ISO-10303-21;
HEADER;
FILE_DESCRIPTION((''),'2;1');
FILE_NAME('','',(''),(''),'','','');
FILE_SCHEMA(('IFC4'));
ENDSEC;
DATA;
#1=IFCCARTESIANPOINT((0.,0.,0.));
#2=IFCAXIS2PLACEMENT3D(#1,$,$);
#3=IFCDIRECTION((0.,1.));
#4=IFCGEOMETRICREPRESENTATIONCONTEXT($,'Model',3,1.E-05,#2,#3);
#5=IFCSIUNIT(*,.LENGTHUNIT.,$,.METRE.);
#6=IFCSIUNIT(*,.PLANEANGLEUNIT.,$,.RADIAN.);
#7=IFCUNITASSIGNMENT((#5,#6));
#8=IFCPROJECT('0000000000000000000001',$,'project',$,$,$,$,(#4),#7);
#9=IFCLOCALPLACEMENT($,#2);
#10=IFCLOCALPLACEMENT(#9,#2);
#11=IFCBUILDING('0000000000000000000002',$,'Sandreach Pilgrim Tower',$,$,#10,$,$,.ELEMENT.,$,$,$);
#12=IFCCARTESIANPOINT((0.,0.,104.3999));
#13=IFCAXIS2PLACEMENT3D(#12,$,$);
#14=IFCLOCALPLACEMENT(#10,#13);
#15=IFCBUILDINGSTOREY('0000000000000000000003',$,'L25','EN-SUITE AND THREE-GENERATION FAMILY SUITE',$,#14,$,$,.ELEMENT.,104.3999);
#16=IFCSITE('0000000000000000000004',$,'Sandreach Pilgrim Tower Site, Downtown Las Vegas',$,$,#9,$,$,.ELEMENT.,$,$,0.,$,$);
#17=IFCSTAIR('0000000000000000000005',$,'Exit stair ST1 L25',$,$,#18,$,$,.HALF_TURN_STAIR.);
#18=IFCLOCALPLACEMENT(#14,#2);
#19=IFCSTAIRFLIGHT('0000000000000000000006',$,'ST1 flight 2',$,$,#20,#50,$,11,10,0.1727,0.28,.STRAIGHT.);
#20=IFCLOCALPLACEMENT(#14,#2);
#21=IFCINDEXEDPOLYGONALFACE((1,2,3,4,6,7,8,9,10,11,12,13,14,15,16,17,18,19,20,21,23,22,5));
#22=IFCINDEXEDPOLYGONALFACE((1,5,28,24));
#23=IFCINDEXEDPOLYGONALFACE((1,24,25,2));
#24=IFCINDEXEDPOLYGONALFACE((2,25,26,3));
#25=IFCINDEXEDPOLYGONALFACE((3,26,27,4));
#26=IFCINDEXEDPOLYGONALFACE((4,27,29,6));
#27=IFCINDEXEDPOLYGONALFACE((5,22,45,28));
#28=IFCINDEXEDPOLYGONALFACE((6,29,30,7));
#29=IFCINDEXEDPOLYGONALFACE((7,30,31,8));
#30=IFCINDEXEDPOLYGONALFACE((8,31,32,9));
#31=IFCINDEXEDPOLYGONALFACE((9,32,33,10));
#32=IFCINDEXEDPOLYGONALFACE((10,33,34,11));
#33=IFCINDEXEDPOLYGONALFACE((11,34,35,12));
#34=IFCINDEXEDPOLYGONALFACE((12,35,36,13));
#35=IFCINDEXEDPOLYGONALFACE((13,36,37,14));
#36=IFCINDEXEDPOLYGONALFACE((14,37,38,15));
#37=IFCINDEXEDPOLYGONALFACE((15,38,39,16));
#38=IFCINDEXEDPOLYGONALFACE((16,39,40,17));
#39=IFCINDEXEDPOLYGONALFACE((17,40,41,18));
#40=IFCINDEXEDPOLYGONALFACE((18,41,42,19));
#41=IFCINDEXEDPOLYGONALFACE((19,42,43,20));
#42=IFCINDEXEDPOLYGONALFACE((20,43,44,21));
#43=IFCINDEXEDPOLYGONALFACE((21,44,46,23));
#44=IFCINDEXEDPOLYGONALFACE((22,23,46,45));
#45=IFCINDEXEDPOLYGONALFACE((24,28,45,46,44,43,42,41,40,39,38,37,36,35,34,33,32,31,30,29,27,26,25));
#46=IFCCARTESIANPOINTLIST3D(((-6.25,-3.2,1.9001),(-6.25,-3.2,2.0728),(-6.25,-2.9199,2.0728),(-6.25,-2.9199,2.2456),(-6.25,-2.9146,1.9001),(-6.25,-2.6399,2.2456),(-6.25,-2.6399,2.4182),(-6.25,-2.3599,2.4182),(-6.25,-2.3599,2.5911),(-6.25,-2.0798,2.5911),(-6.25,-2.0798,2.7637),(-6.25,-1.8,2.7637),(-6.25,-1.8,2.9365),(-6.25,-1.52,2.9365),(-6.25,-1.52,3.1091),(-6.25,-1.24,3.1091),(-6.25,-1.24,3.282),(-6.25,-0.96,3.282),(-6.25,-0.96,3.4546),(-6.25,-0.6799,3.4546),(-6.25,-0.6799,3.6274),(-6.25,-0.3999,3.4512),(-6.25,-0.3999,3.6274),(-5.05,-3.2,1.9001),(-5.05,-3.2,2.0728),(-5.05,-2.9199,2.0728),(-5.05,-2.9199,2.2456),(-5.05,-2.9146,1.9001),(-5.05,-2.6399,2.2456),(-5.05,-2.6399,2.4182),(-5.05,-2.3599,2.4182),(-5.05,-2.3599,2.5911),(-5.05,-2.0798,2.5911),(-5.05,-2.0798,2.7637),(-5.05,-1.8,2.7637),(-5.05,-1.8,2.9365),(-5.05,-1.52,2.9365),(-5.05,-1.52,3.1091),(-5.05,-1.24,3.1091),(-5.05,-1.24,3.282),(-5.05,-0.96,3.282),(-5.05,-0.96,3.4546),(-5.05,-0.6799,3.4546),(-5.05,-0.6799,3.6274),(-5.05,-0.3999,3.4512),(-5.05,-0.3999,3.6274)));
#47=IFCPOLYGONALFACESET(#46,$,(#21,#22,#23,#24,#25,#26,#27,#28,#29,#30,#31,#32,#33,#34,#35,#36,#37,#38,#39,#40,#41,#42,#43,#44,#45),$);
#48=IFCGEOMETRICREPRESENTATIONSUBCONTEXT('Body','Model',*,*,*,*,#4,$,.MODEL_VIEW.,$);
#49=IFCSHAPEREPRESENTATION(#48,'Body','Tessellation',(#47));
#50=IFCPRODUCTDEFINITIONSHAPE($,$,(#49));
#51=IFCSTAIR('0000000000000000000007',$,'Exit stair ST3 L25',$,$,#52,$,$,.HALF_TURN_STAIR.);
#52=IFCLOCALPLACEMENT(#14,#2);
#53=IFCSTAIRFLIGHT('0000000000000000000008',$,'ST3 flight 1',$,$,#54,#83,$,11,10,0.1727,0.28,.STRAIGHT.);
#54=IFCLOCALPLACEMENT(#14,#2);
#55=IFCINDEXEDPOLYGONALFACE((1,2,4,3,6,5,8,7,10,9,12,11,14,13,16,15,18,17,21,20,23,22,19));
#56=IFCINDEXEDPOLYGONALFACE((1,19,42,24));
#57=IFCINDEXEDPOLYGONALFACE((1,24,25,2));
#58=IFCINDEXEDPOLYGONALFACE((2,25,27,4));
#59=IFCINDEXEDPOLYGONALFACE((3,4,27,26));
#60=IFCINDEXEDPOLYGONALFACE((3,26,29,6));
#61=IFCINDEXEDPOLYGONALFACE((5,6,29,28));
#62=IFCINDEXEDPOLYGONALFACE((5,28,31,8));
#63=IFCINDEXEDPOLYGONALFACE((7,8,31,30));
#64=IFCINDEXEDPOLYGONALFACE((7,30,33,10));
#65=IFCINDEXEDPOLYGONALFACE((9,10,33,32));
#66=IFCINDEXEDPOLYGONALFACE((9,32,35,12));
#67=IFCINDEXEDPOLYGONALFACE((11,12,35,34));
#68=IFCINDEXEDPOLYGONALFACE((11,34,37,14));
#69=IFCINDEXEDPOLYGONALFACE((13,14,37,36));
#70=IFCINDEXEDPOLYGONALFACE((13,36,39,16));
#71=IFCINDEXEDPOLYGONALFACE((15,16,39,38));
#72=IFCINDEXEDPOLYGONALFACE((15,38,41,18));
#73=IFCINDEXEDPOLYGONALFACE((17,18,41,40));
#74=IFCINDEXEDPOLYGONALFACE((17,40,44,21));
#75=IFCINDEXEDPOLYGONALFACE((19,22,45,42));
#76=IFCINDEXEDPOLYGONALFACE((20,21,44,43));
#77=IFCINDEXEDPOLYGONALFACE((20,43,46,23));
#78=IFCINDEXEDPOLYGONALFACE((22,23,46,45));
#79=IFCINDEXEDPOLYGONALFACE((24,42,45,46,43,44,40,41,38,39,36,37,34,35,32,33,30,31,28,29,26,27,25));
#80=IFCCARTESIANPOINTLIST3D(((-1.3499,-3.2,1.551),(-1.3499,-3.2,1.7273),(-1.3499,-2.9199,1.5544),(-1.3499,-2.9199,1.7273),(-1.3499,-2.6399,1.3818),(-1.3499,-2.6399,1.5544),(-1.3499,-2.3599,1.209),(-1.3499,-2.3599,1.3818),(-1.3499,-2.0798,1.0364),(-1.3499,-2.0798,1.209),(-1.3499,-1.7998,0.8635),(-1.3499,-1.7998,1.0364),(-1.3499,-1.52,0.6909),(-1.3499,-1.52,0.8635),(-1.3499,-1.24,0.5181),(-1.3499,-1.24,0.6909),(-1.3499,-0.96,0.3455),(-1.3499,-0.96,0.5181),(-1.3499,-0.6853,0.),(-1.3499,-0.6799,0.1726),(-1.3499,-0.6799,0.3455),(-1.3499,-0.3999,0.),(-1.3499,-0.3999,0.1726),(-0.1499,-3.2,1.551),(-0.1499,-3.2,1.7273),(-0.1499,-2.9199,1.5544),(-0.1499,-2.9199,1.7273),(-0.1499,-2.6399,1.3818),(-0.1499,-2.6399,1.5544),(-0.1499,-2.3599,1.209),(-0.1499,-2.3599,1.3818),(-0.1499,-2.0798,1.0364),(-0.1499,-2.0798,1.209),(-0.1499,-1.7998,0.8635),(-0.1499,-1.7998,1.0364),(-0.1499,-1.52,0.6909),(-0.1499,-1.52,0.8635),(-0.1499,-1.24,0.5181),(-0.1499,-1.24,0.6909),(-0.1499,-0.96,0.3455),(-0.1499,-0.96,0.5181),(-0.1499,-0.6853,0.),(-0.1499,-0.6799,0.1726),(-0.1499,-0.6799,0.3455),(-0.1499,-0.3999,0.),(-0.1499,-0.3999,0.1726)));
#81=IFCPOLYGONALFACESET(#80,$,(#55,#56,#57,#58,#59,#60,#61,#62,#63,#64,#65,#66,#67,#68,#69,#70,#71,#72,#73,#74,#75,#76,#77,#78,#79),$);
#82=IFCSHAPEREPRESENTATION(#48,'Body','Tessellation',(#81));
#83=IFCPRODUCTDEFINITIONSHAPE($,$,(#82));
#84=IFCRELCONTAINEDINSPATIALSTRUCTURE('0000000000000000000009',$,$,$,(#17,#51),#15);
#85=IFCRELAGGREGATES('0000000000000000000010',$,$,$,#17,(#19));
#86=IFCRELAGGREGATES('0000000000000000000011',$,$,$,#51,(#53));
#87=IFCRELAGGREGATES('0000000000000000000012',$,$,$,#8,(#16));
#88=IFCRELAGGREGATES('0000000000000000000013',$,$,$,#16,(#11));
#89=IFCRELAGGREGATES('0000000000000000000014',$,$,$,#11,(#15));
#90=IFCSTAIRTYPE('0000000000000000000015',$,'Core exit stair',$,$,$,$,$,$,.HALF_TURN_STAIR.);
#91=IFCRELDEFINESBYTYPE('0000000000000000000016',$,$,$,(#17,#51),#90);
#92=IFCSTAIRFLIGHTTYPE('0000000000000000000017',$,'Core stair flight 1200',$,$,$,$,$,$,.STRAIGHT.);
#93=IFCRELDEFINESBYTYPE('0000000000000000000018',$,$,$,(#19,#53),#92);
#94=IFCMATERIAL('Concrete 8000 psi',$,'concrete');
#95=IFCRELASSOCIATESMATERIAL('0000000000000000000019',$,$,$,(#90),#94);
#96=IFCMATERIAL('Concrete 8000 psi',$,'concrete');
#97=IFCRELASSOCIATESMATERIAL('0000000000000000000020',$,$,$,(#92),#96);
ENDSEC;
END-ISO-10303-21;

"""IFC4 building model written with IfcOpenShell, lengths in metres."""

from ifc_helpers import new_model, si_unit, direction, frame, origin, place, context, subcontext, project, spatial, polyline, outline, extrude, material, type_object, element, aggregate, save


model = new_model("IFC4")

# Units and contexts
model_context = context("Model", 3, precision=1e-05, world=origin(), true_north=direction((0.0, 1.0)))
body_context = subcontext(model_context, "Body", "Model", "MODEL_VIEW")
ifc_project = project(units=[si_unit("LENGTHUNIT", "METRE"), si_unit("PLANEANGLEUNIT", "RADIAN")], contexts=[model_context])

# Site, building, storey
site_placement = place(None, origin())
site = spatial("IfcSite", under=ifc_project, at=site_placement, Name="Sandreach Pilgrim Tower Site, Downtown Las Vegas", CompositionType="ELEMENT", RefElevation=0.0)
building_placement = place(site_placement, origin())
building = spatial("IfcBuilding", under=site, at=building_placement, Name="Sandreach Pilgrim Tower", CompositionType="ELEMENT")
storey_placement = place(building_placement, frame((0.0, 0.0, 104.3999)))
storey = spatial("IfcBuildingStorey", under=building, at=storey_placement, Name="L25", Description="EN-SUITE AND THREE-GENERATION FAMILY SUITE", CompositionType="ELEMENT", Elevation=104.3999)

# Stairs, stair flights
ifc_material_1 = material(Name="Concrete 8000 psi", Category="concrete")
stair_type = type_object("IfcStairType", Name="Core exit stair", PredefinedType="HALF_TURN_STAIR", material=ifc_material_1)
stair_1_placement = place(storey_placement, origin())
stair_1 = element("IfcStair", 1, at=stair_1_placement, inside=storey, type_object=stair_type, Name="Exit stair ST1 L25", PredefinedType="HALF_TURN_STAIR")
ifc_material_2 = material(Name="Concrete 8000 psi", Category="concrete")
stair_flight_type = type_object("IfcStairFlightType", Name="Core stair flight 1200", PredefinedType="STRAIGHT", material=ifc_material_2)
stair_flight_1_placement = place(storey_placement, frame((-5.6499, -3.2, 1.9001), z_axis=(0.0, 0.0, 1.0), x_axis=(0.0, 1.0, 0.0)))
stair_flight_1 = element("IfcStairFlight", 2, at=stair_flight_1_placement, type_object=stair_flight_type, Name="ST1 flight 2", NumberOfRisers=11, NumberOfTreads=10, PredefinedType="STRAIGHT", RiserHeight=0.1727, TreadLength=0.28, context=body_context, shape_type="SweptSolid", body=[
    extrude(outline(polyline([(0.0, 0.0), (0.0, 0.1726), (0.28, 0.1726), (0.28, 0.3455), (0.5601, 0.3455), (0.5601, 0.5181), (0.8401, 0.5181), (0.8401, 0.6909), (1.1201, 0.6909), (1.1201, 0.8635), (1.3999, 0.8635), (1.3999, 1.0364), (1.6799, 1.0364), (1.6799, 1.209), (1.96, 1.209), (1.96, 1.3818), (2.24, 1.3818), (2.24, 1.5544), (2.52, 1.5544), (2.52, 1.7273), (2.8, 1.7273), (2.8, 1.8999), (2.8, 1.551), (0.2854, 0.0), (0.0, 0.0)])), frame((0.0, 0.6001, 0.0), z_axis=(0.0, -1.0, 0.0), x_axis=(1.0, 0.0, 0.0)), (0.0, 0.0, 1.0), 1.2),
])
aggregate(stair_1, [stair_flight_1])
stair_2_placement = place(storey_placement, origin())
stair_2 = element("IfcStair", 3, at=stair_2_placement, inside=storey, type_object=stair_type, Name="Exit stair ST3 L25", PredefinedType="HALF_TURN_STAIR")
stair_flight_2_placement = place(storey_placement, frame((-0.75, -0.3999, 0.0), z_axis=(0.0, 0.0, 1.0), x_axis=(0.0, -1.0, 0.0)))
stair_flight_2 = element("IfcStairFlight", 4, at=stair_flight_2_placement, type_object=stair_flight_type, Name="ST3 flight 1", NumberOfRisers=11, NumberOfTreads=10, PredefinedType="STRAIGHT", RiserHeight=0.1727, TreadLength=0.28, context=body_context, shape_type="SweptSolid", body=[
    extrude(outline(polyline([(0.0, 0.0), (0.0, 0.1726), (0.28, 0.1726), (0.28, 0.3455), (0.5601, 0.3455), (0.5601, 0.5181), (0.8401, 0.5181), (0.8401, 0.6909), (1.1201, 0.6909), (1.1201, 0.8635), (1.3999, 0.8635), (1.3999, 1.0364), (1.6799, 1.0364), (1.6799, 1.209), (1.96, 1.209), (1.96, 1.3818), (2.24, 1.3818), (2.24, 1.5544), (2.52, 1.5544), (2.52, 1.7273), (2.8, 1.7273), (2.8, 1.8999), (2.8, 1.551), (0.2854, 0.0), (0.0, 0.0)])), frame((0.0, 0.6001, 0.0), z_axis=(0.0, -1.0, 0.0), x_axis=(1.0, 0.0, 0.0)), (0.0, 0.0, 1.0), 1.2),
])
aggregate(stair_2, [stair_flight_2])

save(model, "model.ifc")
